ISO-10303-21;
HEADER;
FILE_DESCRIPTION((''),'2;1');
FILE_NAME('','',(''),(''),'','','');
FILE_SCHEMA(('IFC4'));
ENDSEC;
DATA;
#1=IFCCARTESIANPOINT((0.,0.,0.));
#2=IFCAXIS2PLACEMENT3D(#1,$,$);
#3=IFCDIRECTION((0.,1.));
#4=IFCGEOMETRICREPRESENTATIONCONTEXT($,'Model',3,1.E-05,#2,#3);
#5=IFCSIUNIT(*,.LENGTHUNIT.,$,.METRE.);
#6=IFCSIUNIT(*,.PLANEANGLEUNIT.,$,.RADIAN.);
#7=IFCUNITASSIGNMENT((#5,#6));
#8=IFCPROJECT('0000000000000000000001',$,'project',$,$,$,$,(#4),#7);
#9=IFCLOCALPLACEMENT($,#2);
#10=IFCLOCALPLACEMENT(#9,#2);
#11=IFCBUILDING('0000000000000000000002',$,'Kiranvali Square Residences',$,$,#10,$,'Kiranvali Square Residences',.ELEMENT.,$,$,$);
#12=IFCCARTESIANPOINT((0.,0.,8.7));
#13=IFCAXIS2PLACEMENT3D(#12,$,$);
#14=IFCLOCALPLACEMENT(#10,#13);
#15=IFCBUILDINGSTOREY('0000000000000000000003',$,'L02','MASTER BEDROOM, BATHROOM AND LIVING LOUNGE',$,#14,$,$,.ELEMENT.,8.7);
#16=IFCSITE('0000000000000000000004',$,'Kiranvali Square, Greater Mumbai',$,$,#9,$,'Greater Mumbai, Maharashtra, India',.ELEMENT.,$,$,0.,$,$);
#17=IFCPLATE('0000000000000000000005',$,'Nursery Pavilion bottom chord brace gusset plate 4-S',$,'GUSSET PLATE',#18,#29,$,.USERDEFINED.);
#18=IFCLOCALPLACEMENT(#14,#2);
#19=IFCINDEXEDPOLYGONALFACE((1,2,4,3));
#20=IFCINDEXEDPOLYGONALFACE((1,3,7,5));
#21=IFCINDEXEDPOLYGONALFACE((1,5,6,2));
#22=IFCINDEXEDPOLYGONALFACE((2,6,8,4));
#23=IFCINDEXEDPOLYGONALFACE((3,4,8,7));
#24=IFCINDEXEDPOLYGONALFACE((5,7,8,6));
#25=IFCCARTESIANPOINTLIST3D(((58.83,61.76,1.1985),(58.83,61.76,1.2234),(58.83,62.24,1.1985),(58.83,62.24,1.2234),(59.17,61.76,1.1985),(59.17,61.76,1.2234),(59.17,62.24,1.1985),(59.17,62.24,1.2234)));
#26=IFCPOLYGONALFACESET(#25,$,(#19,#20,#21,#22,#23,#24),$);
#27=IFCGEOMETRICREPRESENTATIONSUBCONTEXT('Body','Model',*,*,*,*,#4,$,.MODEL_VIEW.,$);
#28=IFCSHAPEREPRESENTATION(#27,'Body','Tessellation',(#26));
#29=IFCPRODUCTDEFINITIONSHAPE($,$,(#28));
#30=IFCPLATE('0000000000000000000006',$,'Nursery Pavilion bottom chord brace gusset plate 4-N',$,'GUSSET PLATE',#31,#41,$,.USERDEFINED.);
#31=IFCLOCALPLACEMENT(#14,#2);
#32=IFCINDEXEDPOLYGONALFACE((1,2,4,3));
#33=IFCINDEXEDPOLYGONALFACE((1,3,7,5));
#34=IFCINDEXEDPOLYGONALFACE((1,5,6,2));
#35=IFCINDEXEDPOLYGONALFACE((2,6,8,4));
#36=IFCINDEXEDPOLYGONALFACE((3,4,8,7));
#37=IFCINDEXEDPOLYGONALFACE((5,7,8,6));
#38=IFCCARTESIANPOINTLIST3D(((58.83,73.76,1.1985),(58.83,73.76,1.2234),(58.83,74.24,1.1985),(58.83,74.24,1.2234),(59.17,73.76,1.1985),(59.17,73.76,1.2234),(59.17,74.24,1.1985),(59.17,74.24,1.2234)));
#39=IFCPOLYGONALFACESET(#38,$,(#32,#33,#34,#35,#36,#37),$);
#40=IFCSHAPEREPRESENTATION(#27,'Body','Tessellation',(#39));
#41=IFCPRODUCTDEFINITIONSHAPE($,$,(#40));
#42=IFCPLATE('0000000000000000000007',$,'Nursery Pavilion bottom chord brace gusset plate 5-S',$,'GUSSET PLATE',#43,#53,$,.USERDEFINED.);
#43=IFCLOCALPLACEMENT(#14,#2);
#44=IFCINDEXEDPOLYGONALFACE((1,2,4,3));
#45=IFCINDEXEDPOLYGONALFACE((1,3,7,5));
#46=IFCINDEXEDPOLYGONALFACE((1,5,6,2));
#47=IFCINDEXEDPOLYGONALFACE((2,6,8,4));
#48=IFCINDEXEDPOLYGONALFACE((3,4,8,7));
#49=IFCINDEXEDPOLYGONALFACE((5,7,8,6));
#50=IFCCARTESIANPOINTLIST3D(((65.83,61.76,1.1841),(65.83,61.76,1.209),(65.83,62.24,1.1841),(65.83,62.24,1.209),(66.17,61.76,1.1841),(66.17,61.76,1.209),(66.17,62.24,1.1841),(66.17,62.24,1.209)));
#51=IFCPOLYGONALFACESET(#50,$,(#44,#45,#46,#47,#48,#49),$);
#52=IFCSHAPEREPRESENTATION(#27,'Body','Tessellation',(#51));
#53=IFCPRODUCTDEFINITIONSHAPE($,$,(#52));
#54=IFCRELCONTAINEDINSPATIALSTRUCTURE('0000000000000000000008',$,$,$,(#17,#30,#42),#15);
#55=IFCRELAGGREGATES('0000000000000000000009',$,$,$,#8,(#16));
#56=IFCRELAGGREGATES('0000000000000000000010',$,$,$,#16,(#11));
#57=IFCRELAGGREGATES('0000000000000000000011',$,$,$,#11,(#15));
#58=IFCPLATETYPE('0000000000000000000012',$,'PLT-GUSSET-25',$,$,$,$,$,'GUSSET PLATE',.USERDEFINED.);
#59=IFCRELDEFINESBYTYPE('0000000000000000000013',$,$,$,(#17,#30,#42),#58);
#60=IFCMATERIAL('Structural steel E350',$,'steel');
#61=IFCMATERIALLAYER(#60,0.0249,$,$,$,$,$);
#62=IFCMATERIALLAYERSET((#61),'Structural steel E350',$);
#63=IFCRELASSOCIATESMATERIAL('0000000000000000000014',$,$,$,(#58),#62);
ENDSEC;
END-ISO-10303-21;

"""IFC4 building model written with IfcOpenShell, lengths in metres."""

from ifc_helpers import new_model, si_unit, direction, frame, origin, origin_2d, place, context, subcontext, project, spatial, rectangle, extrude, material, layer, layer_set, type_object, element, save


model = new_model("IFC4")

# Units and contexts
model_context = context("Model", 3, precision=1e-05, world=origin(), true_north=direction((0.0, 1.0)))
body_context = subcontext(model_context, "Body", "Model", "MODEL_VIEW")
ifc_project = project(units=[si_unit("LENGTHUNIT", "METRE"), si_unit("PLANEANGLEUNIT", "RADIAN")], contexts=[model_context])

# Site, building, storey
site_placement = place(None, origin())
site = spatial("IfcSite", under=ifc_project, at=site_placement, Name="Kiranvali Square, Greater Mumbai", LongName="Greater Mumbai, Maharashtra, India", CompositionType="ELEMENT", RefElevation=0.0)
building_placement = place(site_placement, origin())
building = spatial("IfcBuilding", under=site, at=building_placement, Name="Kiranvali Square Residences", LongName="Kiranvali Square Residences", CompositionType="ELEMENT")
storey_placement = place(building_placement, frame((0.0, 0.0, 8.7)))
storey = spatial("IfcBuildingStorey", under=building, at=storey_placement, Name="L02", Description="MASTER BEDROOM, BATHROOM AND LIVING LOUNGE", CompositionType="ELEMENT", Elevation=8.7)

# Shared definitions
ifc_material = material(Name="Structural steel E350", Category="steel")

# Plates
ifc_layer_1 = layer(ifc_material, 0.0249)
ifc_layer_set_1 = layer_set([ifc_layer_1], Name="Structural steel E350")
plate_type_1 = type_object("IfcPlateType", Name="PLT-GUSSET-25", ElementType="GUSSET PLATE", PredefinedType="USERDEFINED", material=ifc_layer_set_1)
for number, where, z_axis, x_axis, name in (
    (1, (59.0, 62.0, 1.1985), (0.0, 0.0, 1.0), (1.0, 0.0, 0.0), "Nursery Pavilion bottom chord brace gusset plate 4-S"),
    (2, (59.0, 74.0, 1.1985), (0.0, 0.0, 1.0), (1.0, 0.0, 0.0), "Nursery Pavilion bottom chord brace gusset plate 4-N"),
    (3, (66.0, 62.0, 1.1841), (0.0, 0.0, 1.0), (1.0, 0.0, 0.0), "Nursery Pavilion bottom chord brace gusset plate 5-S"),
):
    element("IfcPlate", number, at=place(storey_placement, frame(where, z_axis=z_axis, x_axis=x_axis)), inside=storey, type_object=plate_type_1, Name=name, ObjectType="GUSSET PLATE", PredefinedType="USERDEFINED", context=body_context, shape_type="SweptSolid", body=[
        extrude(rectangle(XDim=0.3401, YDim=0.48, at=origin_2d()), origin(), (0.0, 0.0, 1.0), 0.0249),
    ])

save(model, "model.ifc")
